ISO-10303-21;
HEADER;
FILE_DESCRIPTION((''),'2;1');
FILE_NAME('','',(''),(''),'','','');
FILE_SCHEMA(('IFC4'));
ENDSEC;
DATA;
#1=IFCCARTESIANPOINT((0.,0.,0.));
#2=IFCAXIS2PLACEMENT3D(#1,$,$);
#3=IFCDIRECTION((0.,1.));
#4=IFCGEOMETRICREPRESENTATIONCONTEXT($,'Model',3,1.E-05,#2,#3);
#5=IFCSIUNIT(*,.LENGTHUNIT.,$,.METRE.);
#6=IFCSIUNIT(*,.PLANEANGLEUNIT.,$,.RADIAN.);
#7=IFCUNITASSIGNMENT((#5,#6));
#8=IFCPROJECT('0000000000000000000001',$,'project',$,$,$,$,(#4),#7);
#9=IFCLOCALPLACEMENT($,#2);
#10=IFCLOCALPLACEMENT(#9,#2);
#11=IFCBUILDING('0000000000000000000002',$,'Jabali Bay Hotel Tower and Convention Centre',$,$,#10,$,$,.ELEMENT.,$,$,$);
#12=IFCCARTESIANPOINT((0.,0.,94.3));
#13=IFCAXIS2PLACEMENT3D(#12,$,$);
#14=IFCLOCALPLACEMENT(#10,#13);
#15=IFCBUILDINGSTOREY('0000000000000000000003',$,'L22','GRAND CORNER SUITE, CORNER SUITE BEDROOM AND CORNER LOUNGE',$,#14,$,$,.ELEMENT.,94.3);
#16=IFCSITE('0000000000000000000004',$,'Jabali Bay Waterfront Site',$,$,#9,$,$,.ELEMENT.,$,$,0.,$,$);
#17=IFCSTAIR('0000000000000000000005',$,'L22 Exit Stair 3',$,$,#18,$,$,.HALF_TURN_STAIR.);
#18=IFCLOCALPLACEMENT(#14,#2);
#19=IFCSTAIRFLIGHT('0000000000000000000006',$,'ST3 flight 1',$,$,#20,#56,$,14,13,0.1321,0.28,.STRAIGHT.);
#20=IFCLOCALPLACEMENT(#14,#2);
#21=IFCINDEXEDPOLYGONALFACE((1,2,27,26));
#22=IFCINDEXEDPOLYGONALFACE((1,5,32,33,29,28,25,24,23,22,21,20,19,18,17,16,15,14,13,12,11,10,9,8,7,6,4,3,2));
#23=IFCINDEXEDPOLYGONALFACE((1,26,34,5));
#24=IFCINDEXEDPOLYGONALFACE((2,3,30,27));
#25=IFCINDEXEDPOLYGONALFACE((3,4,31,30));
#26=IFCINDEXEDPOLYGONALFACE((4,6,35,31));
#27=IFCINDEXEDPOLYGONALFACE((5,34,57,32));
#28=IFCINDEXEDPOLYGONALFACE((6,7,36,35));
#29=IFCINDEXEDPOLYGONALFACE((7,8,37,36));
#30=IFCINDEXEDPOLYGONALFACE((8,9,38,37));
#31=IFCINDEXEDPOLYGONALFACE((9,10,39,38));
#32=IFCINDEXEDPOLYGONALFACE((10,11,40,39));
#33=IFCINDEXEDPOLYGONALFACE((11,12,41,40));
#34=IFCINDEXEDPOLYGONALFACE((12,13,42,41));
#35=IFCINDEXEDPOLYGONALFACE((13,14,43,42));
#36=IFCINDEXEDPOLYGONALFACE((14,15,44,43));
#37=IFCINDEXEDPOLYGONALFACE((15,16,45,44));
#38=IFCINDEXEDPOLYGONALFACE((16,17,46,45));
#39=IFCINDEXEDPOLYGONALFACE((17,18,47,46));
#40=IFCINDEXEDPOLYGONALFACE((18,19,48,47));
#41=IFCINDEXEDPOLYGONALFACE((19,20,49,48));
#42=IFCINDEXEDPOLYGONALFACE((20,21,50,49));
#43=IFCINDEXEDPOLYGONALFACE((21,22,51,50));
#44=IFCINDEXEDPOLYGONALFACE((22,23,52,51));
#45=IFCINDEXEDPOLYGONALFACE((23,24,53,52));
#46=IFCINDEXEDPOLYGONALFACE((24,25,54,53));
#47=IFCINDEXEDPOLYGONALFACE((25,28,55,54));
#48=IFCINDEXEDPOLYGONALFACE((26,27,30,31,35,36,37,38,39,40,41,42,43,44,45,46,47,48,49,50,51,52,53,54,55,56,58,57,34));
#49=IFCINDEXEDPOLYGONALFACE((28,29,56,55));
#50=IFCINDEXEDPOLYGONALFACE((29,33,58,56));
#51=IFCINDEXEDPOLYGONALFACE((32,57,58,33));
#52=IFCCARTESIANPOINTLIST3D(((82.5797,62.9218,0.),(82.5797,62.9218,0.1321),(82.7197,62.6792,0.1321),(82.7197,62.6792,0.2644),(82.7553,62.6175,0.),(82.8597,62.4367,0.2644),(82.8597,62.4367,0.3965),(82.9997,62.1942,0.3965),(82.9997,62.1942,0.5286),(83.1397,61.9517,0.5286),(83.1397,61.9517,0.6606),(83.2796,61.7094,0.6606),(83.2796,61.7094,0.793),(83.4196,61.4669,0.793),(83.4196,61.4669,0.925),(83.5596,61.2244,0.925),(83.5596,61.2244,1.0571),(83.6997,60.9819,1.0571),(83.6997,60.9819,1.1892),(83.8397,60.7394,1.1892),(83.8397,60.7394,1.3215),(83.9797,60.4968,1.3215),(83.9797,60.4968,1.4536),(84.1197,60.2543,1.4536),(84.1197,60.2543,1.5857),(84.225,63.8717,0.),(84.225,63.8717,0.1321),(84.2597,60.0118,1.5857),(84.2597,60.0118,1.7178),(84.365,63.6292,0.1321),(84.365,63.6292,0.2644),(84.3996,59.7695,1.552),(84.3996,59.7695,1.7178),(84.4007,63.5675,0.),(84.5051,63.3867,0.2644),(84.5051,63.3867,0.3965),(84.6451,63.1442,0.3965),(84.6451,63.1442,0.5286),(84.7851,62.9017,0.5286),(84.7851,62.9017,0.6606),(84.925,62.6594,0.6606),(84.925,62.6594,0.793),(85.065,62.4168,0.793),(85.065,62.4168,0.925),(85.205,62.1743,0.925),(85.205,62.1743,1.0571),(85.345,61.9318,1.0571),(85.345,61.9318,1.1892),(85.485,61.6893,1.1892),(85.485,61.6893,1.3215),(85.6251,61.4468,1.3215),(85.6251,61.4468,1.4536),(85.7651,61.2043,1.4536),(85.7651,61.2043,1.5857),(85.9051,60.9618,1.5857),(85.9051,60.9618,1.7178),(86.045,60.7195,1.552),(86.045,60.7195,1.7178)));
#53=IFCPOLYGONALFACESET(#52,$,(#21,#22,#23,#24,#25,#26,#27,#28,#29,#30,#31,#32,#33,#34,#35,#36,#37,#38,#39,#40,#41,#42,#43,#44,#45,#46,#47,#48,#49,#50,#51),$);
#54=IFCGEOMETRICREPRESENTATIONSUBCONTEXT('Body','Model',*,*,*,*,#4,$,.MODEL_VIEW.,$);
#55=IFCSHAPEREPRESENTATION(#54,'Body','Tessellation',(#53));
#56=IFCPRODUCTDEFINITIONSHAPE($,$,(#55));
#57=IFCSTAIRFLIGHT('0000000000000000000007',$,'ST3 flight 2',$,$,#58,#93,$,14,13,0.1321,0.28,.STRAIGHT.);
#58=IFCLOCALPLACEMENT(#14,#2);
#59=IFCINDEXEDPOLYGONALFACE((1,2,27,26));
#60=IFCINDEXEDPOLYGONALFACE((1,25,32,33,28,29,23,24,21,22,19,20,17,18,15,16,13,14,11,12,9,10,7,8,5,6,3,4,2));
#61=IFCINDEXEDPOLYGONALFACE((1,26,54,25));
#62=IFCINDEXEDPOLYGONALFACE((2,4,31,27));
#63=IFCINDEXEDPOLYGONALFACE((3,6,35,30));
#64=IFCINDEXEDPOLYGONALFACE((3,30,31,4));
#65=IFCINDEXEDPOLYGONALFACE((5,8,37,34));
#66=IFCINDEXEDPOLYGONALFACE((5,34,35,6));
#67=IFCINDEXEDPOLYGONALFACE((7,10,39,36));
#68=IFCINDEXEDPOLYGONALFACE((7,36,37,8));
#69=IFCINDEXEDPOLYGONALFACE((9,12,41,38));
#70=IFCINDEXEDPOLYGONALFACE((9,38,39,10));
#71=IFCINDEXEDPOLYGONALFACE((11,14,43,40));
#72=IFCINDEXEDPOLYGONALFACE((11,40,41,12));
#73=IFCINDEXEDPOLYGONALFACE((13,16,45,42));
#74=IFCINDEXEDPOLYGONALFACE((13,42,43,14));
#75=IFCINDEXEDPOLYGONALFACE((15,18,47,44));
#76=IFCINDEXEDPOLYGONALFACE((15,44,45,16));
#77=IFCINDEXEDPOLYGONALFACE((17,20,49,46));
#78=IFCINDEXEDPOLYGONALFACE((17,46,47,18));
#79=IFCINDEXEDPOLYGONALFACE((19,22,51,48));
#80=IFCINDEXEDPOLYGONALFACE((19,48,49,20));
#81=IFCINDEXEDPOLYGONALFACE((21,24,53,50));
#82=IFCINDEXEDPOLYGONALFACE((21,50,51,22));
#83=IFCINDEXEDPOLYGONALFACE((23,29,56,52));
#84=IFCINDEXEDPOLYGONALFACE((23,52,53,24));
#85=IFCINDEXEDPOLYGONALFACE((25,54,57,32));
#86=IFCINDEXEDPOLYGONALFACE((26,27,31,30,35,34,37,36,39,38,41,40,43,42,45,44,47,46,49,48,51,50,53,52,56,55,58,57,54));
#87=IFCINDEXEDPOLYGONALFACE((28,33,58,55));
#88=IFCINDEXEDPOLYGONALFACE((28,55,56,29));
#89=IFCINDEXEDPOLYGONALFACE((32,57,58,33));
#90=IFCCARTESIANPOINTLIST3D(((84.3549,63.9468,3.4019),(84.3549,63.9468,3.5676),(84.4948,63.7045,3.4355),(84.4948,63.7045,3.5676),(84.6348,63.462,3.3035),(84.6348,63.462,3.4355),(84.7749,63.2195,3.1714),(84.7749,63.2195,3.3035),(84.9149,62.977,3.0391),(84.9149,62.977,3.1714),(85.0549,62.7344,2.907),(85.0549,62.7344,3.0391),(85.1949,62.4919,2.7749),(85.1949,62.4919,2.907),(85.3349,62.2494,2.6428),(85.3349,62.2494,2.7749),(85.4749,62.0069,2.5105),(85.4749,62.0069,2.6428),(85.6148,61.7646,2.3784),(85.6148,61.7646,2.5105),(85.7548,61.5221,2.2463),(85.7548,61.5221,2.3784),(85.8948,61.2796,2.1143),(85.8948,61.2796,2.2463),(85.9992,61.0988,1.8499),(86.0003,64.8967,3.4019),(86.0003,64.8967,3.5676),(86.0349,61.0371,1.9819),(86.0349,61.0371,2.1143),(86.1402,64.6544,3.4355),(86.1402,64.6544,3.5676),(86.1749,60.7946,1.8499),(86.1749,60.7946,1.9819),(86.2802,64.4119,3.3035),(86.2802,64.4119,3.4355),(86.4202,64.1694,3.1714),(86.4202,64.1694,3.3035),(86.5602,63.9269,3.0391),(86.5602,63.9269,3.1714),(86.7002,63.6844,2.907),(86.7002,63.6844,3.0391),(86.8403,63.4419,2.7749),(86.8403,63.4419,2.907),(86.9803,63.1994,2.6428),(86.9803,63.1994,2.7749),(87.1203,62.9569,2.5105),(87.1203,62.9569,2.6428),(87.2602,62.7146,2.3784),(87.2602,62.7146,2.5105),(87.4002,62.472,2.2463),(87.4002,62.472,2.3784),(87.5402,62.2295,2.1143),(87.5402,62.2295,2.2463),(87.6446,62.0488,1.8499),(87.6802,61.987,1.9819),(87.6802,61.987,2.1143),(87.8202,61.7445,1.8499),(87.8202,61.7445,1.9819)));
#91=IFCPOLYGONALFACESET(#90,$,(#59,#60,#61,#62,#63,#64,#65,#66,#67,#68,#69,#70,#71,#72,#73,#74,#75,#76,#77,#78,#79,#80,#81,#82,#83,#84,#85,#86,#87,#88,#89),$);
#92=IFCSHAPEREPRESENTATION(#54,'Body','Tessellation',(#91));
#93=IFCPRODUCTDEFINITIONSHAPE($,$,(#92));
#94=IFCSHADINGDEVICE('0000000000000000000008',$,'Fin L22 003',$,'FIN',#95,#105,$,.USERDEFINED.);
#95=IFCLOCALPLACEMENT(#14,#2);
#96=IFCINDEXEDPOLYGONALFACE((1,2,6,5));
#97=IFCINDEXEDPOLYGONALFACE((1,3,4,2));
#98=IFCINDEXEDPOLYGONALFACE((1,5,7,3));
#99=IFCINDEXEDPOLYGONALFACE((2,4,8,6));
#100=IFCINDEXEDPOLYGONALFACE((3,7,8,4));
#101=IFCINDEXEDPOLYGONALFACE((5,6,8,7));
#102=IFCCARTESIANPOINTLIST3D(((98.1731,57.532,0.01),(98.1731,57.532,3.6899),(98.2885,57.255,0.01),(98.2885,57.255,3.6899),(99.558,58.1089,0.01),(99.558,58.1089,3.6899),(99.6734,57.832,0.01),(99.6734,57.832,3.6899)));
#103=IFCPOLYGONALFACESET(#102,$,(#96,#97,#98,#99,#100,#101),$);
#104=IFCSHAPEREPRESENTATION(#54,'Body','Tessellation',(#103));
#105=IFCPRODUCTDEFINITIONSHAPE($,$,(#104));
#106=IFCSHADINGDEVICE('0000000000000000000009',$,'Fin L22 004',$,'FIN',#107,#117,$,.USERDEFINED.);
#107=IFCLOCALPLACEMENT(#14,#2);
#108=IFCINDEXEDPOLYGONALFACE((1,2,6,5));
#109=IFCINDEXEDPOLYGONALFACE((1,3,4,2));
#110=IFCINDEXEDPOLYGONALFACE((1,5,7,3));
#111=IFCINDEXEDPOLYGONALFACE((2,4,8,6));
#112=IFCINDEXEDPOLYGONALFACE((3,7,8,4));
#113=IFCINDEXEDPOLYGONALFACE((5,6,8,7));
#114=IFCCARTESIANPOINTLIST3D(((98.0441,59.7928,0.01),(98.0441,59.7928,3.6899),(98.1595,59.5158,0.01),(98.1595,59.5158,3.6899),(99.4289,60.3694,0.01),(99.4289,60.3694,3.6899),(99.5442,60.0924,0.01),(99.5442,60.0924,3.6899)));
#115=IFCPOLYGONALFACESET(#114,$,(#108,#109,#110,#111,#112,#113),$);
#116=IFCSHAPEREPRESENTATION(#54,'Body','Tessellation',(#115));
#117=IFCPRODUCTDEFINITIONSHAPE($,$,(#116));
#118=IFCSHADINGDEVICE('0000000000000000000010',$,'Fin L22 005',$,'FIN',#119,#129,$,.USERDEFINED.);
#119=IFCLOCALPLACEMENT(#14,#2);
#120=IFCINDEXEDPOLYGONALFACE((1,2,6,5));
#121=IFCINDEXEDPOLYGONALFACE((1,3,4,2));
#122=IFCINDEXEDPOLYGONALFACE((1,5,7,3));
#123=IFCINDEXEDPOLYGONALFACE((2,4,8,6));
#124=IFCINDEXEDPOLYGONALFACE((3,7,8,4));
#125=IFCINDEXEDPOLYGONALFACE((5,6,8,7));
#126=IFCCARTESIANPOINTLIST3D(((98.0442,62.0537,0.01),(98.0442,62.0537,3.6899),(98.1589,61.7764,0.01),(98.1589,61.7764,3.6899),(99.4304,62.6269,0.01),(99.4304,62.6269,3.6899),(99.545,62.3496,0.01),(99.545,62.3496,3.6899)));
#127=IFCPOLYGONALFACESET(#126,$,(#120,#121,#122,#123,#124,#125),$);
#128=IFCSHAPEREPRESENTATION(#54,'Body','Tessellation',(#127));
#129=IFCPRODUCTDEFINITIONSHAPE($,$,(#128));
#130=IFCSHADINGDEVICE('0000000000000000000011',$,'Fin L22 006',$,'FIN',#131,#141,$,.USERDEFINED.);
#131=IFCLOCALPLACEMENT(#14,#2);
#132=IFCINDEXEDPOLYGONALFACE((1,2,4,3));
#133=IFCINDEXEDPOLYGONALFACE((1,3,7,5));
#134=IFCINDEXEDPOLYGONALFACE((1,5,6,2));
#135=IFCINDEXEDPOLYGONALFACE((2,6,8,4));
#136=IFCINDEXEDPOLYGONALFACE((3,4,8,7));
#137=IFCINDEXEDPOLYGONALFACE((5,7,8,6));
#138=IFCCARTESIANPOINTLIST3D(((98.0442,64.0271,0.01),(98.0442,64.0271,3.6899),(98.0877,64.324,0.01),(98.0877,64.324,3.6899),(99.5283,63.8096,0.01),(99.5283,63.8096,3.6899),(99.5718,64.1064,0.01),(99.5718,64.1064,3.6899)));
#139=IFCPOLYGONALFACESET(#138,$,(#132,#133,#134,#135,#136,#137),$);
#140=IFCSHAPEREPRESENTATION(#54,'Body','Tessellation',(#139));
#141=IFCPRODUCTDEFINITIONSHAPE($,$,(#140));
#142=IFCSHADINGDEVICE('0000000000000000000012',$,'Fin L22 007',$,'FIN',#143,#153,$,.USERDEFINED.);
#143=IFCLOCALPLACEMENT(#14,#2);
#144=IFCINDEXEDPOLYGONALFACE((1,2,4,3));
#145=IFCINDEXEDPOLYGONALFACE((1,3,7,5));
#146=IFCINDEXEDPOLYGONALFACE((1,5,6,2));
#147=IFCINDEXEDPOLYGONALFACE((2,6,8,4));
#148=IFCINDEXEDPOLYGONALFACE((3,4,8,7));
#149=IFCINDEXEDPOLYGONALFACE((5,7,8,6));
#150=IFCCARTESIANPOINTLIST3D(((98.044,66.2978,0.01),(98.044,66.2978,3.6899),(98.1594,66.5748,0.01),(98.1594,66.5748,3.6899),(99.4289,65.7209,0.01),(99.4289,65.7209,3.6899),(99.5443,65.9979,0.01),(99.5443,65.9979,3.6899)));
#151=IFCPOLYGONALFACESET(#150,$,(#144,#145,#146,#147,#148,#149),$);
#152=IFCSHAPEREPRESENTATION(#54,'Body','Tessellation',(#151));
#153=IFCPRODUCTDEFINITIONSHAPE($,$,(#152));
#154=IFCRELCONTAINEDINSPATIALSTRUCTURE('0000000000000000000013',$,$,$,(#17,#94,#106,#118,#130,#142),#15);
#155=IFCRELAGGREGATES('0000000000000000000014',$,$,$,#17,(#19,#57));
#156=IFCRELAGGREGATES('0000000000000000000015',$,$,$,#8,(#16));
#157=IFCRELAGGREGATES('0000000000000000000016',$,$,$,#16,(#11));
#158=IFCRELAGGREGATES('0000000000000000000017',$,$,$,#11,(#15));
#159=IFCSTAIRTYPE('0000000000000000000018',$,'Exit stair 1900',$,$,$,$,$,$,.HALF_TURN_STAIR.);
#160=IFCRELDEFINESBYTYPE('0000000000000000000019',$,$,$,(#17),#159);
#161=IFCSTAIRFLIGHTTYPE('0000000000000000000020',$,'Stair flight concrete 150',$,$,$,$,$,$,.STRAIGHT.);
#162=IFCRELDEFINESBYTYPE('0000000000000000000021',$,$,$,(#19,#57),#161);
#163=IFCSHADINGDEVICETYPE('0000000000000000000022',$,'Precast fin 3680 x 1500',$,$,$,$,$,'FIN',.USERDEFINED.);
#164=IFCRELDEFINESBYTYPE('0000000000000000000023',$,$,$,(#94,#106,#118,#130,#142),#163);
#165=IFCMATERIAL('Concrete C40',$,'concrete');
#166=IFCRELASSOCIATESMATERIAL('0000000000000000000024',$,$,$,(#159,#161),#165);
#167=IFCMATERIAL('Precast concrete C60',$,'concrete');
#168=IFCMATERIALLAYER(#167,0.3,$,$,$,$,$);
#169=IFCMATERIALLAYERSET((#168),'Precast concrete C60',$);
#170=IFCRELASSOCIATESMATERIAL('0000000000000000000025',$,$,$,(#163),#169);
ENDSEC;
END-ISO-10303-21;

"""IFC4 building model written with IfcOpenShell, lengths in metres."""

from ifc_helpers import new_model, si_unit, direction, frame, frame_2d, origin, place, context, subcontext, project, spatial, polyline, rectangle, outline, extrude, material, layer, layer_set, type_object, element, aggregate, save


model = new_model("IFC4")

# Units and contexts
model_context = context("Model", 3, precision=1e-05, world=origin(), true_north=direction((0.0, 1.0)))
body_context = subcontext(model_context, "Body", "Model", "MODEL_VIEW")
ifc_project = project(units=[si_unit("LENGTHUNIT", "METRE"), si_unit("PLANEANGLEUNIT", "RADIAN")], contexts=[model_context])

# Site, building, storey
site_placement = place(None, origin())
site = spatial("IfcSite", under=ifc_project, at=site_placement, Name="Jabali Bay Waterfront Site", CompositionType="ELEMENT", RefElevation=0.0)
building_placement = place(site_placement, origin())
building = spatial("IfcBuilding", under=site, at=building_placement, Name="Jabali Bay Hotel Tower and Convention Centre", CompositionType="ELEMENT")
storey_placement = place(building_placement, frame((0.0, 0.0, 94.3)))
storey = spatial("IfcBuildingStorey", under=building, at=storey_placement, Name="L22", Description="GRAND CORNER SUITE, CORNER SUITE BEDROOM AND CORNER LOUNGE", CompositionType="ELEMENT", Elevation=94.3)

# Shared definitions
ifc_material_1 = material(Name="Concrete C40", Category="concrete")

# Stair, stair flights
stair_type = type_object("IfcStairType", Name="Exit stair 1900", PredefinedType="HALF_TURN_STAIR", material=ifc_material_1)
stair_placement = place(storey_placement, origin())
stair = element("IfcStair", 1, at=stair_placement, inside=storey, type_object=stair_type, Name="L22 Exit Stair 3", PredefinedType="HALF_TURN_STAIR")
stair_flight_type = type_object("IfcStairFlightType", Name="Stair flight concrete 150", PredefinedType="STRAIGHT", material=ifc_material_1)
stair_flight_1_placement = place(storey_placement, frame((83.4023, 63.3967, 0.0), z_axis=(0.0, 0.0, 1.0), x_axis=(0.5, -0.866025, 0.0)))
stair_flight_1 = element("IfcStairFlight", 2, at=stair_flight_1_placement, type_object=stair_flight_type, Name="ST3 flight 1", NumberOfRisers=14, NumberOfTreads=13, PredefinedType="STRAIGHT", RiserHeight=0.1321, TreadLength=0.28, context=body_context, shape_type="SweptSolid", body=[
    extrude(outline(polyline([(0.0, 0.0), (0.0, 0.1321), (0.28, 0.1321), (0.28, 0.2644), (0.5601, 0.2644), (0.5601, 0.3965), (0.8401, 0.3965), (0.8401, 0.5286), (1.1201, 0.5286), (1.1201, 0.6606), (1.3999, 0.6606), (1.3999, 0.793), (1.6799, 0.793), (1.6799, 0.925), (1.96, 0.925), (1.96, 1.0571), (2.24, 1.0571), (2.24, 1.1892), (2.52, 1.1892), (2.52, 1.3215), (2.8, 1.3215), (2.8, 1.4536), (3.0801, 1.4536), (3.0801, 1.5857), (3.3601, 1.5857), (3.3601, 1.7178), (3.6399, 1.7178), (3.6399, 1.8501), (3.6399, 1.552), (0.3513, 0.0), (0.0, 0.0)])), frame((0.0, 0.95, 0.0), z_axis=(0.0, -1.0, 0.0), x_axis=(1.0, 0.0, 0.0)), (0.0, 0.0, 1.0), 1.8999),
])
stair_flight_2_placement = place(storey_placement, frame((86.9976, 61.2695, 1.8499), z_axis=(0.0, 0.0, 1.0), x_axis=(-0.5, 0.866025, 0.0)))
stair_flight_2 = element("IfcStairFlight", 3, at=stair_flight_2_placement, type_object=stair_flight_type, Name="ST3 flight 2", NumberOfRisers=14, NumberOfTreads=13, PredefinedType="STRAIGHT", RiserHeight=0.1321, TreadLength=0.28, context=body_context, shape_type="SweptSolid", body=[
    extrude(outline(polyline([(0.0, 0.0), (0.0, 0.1321), (0.28, 0.1321), (0.28, 0.2644), (0.5601, 0.2644), (0.5601, 0.3965), (0.8401, 0.3965), (0.8401, 0.5286), (1.1201, 0.5286), (1.1201, 0.6606), (1.3999, 0.6606), (1.3999, 0.793), (1.6799, 0.793), (1.6799, 0.925), (1.96, 0.925), (1.96, 1.0571), (2.24, 1.0571), (2.24, 1.1892), (2.52, 1.1892), (2.52, 1.3215), (2.8, 1.3215), (2.8, 1.4536), (3.0801, 1.4536), (3.0801, 1.5857), (3.3601, 1.5857), (3.3601, 1.7178), (3.6399, 1.7178), (3.6399, 1.8501), (3.6399, 1.552), (0.3513, 0.0), (0.0, 0.0)])), frame((0.0, 0.95, 0.0), z_axis=(0.0, -1.0, 0.0), x_axis=(1.0, 0.0, 0.0)), (0.0, 0.0, 1.0), 1.8999),
])
aggregate(stair, [stair_flight_1, stair_flight_2])

# Shading devices
ifc_material_2 = material(Name="Precast concrete C60", Category="concrete")
ifc_layer_1 = layer(ifc_material_2, 0.3)
ifc_layer_set_1 = layer_set([ifc_layer_1], Name="Precast concrete C60")
shading_device_type = type_object("IfcShadingDeviceType", Name="Precast fin 3680 x 1500", ElementType="FIN", PredefinedType="USERDEFINED", material=ifc_layer_set_1)
shading_device_1_placement = place(storey_placement, frame((98.231, 57.3936, 0.01), z_axis=(0.0, 0.0, 1.0), x_axis=(0.923096, 0.384569, 0.0)))
element("IfcShadingDevice", 4, at=shading_device_1_placement, inside=storey, type_object=shading_device_type, Name="Fin L22 003", ObjectType="FIN", PredefinedType="USERDEFINED", context=body_context, shape_type="SweptSolid", body=[
    extrude(rectangle(XDim=1.5002, YDim=0.3, at=frame_2d((0.75, 0.0))), origin(), (0.0, 0.0, 1.0), 3.6799),
])
for number, where, z_axis, x_axis, name in (
    (5, (98.1018, 59.6543, 0.01), (0.0, 0.0, 1.0), (0.923154, 0.38443, 0.0), "Fin L22 004"),
    (6, (98.1016, 61.915, 0.01), (0.0, 0.0, 1.0), (0.924104, 0.382141, 0.0), "Fin L22 005"),
    (7, (98.0659, 64.1755, 0.01), (0.0, 0.0, 1.0), (0.989429, -0.145021, 0.0), "Fin L22 006"),
):
    element("IfcShadingDevice", number, at=place(storey_placement, frame(where, z_axis=z_axis, x_axis=x_axis)), inside=storey, type_object=shading_device_type, Name=name, ObjectType="FIN", PredefinedType="USERDEFINED", context=body_context, shape_type="SweptSolid", body=[
        extrude(rectangle(XDim=1.5, YDim=0.3, at=frame_2d((0.75, 0.0))), origin(), (0.0, 0.0, 1.0), 3.6799),
    ])
shading_device_2_placement = place(storey_placement, frame((98.1018, 66.4363, 0.01), z_axis=(0.0, 0.0, 1.0), x_axis=(0.923096, -0.384569, 0.0)))
element("IfcShadingDevice", 8, at=shading_device_2_placement, inside=storey, type_object=shading_device_type, Name="Fin L22 007", ObjectType="FIN", PredefinedType="USERDEFINED", context=body_context, shape_type="SweptSolid", body=[
    extrude(rectangle(XDim=1.5002, YDim=0.3, at=frame_2d((0.75, 0.0))), origin(), (0.0, 0.0, 1.0), 3.6799),
])

save(model, "model.ifc")
